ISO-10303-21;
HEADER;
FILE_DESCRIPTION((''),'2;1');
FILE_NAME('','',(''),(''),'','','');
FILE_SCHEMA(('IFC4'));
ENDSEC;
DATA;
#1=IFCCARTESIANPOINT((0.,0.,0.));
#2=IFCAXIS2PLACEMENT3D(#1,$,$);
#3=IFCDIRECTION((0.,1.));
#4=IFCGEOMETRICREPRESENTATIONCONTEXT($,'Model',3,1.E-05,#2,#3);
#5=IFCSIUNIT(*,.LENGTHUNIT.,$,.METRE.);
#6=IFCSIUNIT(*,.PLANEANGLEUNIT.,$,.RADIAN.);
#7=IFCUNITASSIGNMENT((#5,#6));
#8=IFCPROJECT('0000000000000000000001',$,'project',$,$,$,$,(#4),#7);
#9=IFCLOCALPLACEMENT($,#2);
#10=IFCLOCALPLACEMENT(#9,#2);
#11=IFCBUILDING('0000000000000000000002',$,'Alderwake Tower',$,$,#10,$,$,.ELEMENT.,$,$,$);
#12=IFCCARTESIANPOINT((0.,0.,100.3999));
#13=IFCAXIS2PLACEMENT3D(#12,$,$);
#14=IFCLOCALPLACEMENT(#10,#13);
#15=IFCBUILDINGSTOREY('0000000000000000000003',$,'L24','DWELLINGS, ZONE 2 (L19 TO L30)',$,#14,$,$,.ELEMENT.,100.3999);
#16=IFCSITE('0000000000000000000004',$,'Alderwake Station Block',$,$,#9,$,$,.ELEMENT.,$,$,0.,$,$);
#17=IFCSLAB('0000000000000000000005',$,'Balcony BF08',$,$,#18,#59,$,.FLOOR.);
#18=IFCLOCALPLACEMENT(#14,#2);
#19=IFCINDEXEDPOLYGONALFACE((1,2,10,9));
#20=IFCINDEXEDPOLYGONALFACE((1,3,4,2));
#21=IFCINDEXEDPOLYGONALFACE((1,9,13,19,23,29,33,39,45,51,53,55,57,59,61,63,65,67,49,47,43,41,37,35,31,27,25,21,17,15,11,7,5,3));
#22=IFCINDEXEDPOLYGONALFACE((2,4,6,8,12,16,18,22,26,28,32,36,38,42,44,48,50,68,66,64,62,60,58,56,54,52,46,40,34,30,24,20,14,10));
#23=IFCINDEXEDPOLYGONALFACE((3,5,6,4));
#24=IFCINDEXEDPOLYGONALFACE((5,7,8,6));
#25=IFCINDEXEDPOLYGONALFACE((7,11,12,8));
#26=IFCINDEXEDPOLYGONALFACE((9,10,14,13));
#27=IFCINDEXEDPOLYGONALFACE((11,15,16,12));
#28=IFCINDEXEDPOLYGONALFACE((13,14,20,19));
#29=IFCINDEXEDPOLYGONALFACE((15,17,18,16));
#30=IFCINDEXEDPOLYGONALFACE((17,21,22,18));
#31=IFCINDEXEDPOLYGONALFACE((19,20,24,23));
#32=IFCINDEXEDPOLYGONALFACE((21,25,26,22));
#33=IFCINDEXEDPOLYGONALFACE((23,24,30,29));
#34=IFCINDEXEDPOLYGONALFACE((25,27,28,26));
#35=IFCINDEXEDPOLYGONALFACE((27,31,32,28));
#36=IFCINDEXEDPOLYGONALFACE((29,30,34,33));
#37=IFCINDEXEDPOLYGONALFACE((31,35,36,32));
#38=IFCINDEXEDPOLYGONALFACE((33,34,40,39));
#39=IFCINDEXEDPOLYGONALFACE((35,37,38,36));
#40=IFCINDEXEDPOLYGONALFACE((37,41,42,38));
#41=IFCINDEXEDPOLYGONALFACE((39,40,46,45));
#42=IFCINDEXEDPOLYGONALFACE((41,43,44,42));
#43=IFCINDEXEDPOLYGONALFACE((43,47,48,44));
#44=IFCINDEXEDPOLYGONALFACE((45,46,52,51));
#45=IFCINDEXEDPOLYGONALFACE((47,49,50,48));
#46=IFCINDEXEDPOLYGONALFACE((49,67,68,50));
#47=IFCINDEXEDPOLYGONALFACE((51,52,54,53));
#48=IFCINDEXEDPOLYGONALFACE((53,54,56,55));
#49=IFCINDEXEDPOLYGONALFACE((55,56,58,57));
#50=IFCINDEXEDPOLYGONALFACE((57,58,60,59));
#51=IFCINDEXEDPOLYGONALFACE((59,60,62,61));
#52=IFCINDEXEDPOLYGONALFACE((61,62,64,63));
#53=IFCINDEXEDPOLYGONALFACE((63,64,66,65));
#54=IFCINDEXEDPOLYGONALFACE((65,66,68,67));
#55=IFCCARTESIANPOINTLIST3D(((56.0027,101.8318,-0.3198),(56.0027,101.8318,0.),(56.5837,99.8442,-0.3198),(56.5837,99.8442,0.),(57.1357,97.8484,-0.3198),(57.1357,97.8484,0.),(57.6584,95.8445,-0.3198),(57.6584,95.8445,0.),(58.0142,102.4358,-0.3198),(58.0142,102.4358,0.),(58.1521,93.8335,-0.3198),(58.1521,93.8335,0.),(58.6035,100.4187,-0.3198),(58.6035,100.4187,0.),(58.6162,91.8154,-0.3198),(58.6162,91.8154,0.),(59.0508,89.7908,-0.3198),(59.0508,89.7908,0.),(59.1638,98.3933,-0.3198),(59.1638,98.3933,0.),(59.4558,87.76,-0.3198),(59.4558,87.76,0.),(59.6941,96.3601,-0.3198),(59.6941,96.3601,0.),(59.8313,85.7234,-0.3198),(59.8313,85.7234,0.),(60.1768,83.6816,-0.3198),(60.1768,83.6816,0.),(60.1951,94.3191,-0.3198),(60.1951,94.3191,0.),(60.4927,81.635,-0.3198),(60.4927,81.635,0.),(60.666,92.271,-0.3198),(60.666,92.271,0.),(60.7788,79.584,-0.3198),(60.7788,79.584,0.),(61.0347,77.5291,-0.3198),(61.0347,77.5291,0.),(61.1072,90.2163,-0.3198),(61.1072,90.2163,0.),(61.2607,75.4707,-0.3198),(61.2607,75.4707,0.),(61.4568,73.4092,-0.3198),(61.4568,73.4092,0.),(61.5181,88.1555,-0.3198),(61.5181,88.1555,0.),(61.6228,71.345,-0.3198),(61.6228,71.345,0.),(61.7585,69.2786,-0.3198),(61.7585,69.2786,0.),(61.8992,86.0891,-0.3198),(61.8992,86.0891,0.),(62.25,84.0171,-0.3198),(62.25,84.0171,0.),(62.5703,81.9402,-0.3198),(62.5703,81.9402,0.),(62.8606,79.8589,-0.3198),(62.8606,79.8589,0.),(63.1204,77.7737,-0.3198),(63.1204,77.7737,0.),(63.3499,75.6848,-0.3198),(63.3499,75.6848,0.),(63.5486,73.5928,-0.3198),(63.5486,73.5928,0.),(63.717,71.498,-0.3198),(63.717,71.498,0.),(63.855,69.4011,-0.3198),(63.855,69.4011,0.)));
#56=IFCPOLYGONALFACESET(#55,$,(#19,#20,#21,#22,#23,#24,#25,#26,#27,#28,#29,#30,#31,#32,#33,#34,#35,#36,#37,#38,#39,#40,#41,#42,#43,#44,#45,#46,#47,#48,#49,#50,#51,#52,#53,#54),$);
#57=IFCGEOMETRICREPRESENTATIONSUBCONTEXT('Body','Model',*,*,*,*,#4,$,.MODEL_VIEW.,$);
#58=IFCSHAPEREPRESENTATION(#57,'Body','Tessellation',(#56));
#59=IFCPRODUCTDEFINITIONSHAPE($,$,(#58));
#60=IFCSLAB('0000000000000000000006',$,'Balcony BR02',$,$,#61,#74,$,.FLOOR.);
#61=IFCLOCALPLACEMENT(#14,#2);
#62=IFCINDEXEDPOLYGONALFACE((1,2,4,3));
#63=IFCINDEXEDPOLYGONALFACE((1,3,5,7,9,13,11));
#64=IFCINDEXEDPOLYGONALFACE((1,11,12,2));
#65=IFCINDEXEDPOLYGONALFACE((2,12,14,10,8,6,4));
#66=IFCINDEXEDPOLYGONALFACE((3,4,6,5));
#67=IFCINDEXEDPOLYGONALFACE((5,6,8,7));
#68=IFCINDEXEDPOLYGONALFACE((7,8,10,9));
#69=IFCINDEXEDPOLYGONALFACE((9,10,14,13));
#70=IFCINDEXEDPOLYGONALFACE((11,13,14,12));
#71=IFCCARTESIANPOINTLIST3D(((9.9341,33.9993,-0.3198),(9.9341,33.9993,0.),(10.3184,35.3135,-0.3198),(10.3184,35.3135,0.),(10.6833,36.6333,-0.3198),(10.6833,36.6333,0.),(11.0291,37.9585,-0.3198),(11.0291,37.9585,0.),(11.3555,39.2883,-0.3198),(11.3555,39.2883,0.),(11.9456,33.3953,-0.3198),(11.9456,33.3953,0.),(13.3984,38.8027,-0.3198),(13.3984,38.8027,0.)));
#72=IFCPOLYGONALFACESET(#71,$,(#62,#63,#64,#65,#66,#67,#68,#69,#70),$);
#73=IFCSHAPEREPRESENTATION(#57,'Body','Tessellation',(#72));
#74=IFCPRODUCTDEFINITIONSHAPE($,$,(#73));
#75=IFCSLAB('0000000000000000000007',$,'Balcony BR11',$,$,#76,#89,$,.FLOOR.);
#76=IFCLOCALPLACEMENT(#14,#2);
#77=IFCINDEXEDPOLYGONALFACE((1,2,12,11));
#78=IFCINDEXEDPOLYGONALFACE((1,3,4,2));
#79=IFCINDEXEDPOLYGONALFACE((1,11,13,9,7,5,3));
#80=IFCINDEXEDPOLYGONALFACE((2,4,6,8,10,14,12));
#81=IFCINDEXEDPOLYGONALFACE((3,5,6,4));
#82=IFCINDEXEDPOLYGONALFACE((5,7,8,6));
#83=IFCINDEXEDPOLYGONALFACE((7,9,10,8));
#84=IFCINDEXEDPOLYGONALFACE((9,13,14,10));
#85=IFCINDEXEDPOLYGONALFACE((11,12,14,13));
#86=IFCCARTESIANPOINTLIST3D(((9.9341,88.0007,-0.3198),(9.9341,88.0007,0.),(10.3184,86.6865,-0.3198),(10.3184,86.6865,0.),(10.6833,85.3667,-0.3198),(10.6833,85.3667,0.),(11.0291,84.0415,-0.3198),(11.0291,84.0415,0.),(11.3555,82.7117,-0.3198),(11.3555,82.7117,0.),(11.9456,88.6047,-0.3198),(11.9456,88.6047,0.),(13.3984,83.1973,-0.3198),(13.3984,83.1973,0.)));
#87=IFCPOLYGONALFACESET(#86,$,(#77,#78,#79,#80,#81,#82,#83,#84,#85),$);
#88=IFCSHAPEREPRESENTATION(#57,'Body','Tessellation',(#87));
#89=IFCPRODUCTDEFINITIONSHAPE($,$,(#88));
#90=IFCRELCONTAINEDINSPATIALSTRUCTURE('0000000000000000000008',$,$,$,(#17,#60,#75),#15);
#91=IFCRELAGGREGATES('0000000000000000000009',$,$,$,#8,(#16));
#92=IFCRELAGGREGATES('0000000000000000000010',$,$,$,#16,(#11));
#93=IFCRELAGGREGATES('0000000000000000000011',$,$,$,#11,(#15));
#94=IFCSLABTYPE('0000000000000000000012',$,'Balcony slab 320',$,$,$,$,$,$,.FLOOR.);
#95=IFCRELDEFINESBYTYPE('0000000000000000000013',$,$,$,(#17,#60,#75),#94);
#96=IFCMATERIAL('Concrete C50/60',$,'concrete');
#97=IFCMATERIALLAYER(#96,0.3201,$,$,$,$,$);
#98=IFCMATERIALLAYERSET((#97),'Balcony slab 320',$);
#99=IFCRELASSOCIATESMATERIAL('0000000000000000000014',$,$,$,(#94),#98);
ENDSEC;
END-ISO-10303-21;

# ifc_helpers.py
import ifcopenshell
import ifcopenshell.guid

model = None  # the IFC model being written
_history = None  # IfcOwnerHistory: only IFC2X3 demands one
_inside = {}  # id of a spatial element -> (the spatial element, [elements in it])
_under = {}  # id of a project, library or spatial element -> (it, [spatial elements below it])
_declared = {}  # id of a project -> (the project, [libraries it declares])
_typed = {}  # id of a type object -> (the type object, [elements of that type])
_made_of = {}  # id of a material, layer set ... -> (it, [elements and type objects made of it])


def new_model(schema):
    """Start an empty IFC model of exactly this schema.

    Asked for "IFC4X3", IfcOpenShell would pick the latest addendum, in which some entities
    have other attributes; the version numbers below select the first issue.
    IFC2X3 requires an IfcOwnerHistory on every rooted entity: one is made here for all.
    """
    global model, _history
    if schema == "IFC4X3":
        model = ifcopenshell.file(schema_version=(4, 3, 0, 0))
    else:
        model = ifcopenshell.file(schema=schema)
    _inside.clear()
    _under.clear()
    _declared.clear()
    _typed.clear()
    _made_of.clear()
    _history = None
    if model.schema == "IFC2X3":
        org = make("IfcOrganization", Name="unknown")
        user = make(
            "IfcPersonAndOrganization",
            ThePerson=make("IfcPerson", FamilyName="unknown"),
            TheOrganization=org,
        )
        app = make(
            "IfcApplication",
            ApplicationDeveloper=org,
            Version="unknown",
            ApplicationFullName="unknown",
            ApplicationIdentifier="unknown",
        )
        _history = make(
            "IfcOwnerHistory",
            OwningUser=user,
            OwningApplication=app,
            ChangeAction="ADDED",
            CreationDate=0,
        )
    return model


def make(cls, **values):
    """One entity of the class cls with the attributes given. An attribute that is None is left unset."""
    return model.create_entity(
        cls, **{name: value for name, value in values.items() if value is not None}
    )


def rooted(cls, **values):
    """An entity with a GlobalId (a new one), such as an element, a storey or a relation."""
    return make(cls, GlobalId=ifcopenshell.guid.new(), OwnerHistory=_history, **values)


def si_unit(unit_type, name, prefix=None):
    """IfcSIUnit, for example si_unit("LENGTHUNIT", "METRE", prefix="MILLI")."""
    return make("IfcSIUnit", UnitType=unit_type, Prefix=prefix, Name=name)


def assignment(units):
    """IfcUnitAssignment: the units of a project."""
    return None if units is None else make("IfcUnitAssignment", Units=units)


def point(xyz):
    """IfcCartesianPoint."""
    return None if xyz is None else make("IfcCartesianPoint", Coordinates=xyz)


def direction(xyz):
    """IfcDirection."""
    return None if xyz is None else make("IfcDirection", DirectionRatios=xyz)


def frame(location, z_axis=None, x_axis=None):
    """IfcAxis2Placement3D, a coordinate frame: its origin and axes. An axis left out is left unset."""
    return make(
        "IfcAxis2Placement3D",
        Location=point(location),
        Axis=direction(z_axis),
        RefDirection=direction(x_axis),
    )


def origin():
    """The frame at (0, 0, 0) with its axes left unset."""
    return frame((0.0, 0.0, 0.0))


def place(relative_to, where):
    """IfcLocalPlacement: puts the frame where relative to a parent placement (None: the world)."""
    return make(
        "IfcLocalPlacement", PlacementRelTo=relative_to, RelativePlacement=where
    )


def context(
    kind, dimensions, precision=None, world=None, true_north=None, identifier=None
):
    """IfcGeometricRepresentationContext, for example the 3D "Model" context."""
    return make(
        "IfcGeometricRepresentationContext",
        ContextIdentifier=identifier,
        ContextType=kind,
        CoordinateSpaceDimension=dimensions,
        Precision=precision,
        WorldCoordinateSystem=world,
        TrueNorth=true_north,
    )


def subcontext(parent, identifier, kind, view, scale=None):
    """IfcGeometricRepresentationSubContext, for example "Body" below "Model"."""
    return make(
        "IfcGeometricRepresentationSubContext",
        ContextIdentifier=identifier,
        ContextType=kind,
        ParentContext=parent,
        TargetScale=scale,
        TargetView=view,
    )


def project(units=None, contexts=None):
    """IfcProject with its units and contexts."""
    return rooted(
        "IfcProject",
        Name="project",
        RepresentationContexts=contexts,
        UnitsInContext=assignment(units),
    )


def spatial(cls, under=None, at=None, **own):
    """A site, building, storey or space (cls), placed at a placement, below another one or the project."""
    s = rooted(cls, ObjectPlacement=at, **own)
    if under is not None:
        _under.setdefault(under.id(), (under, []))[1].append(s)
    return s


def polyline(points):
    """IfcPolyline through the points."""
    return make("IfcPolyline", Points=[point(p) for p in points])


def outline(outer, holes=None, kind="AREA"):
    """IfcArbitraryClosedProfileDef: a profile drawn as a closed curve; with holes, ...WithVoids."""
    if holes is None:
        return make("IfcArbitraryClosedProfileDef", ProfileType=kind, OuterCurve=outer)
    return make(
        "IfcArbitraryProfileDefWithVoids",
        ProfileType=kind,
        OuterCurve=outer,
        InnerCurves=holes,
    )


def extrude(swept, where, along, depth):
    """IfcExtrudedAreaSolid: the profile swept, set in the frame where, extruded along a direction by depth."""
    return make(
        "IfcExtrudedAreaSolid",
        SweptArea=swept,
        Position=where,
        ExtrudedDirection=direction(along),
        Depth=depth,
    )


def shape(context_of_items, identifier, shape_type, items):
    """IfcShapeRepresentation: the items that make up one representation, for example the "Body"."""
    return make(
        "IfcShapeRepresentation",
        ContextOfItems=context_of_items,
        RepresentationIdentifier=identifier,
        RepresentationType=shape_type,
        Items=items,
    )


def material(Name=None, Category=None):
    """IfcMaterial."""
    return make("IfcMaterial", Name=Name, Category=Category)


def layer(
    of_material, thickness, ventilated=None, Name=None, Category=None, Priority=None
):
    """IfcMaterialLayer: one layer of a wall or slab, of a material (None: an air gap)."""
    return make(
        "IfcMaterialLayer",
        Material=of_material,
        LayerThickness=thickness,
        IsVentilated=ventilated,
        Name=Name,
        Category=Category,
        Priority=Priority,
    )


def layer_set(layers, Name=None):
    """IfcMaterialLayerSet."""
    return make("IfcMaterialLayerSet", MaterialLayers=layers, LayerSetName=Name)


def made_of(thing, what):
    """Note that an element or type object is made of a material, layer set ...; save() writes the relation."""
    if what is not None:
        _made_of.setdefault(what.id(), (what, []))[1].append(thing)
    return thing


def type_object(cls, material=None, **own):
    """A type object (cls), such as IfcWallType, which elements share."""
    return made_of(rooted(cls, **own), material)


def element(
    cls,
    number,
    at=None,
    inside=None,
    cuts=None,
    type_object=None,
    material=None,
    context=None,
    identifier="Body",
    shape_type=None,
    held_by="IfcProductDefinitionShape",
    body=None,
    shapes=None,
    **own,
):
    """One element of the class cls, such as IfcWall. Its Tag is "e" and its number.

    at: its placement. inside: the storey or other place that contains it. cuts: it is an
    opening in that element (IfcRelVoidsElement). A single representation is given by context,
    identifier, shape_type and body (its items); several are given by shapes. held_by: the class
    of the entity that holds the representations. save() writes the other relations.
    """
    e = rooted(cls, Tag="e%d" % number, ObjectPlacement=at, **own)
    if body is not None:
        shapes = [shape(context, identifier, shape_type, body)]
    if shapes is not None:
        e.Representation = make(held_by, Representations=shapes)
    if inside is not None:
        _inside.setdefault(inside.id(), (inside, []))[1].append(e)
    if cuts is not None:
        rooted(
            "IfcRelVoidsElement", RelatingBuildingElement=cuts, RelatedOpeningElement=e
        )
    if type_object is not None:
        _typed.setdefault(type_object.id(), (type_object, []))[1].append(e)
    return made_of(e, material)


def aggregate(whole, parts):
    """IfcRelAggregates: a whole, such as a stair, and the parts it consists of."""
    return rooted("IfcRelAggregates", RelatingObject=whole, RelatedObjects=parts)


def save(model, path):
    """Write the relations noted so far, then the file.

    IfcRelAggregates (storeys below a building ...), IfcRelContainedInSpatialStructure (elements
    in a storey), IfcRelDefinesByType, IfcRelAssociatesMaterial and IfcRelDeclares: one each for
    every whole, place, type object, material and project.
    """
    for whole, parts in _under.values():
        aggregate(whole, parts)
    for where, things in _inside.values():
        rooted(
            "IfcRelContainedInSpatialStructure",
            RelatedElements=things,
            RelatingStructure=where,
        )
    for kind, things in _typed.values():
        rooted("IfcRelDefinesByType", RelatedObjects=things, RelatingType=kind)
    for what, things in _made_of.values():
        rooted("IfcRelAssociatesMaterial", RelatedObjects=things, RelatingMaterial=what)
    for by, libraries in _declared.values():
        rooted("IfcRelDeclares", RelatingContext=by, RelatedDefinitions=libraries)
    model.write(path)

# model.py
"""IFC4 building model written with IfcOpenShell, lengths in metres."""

from ifc_helpers import new_model, si_unit, direction, frame, origin, place, context, subcontext, project, spatial, polyline, outline, extrude, material, layer, layer_set, type_object, element, save


model = new_model("IFC4")

# Units and contexts
model_context = context("Model", 3, precision=1e-05, world=origin(), true_north=direction((0.0, 1.0)))
body_context = subcontext(model_context, "Body", "Model", "MODEL_VIEW")
ifc_project = project(units=[si_unit("LENGTHUNIT", "METRE"), si_unit("PLANEANGLEUNIT", "RADIAN")], contexts=[model_context])

# Site, building, storey
site_placement = place(None, origin())
site = spatial("IfcSite", under=ifc_project, at=site_placement, Name="Alderwake Station Block", CompositionType="ELEMENT", RefElevation=0.0)
building_placement = place(site_placement, origin())
building = spatial("IfcBuilding", under=site, at=building_placement, Name="Alderwake Tower", CompositionType="ELEMENT")
storey_placement = place(building_placement, frame((0.0, 0.0, 100.3999)))
storey = spatial("IfcBuildingStorey", under=building, at=storey_placement, Name="L24", Description="DWELLINGS, ZONE 2 (L19 TO L30)", CompositionType="ELEMENT", Elevation=100.3999)

# Slabs
ifc_material_1 = material(Name="Concrete C50/60", Category="concrete")
ifc_layer_1 = layer(ifc_material_1, 0.3201)
ifc_layer_set_1 = layer_set([ifc_layer_1], Name="Balcony slab 320")
slab_type_1 = type_object("IfcSlabType", Name="Balcony slab 320", PredefinedType="FLOOR", material=ifc_layer_set_1)
slab_1_placement = place(storey_placement, frame((0.0, 0.0, -0.3198)))
element("IfcSlab", 1, at=slab_1_placement, inside=storey, type_object=slab_type_1, Name="Balcony BF08", PredefinedType="FLOOR", context=body_context, shape_type="SweptSolid", body=[
    extrude(outline(polyline([(63.717, 71.498), (63.5486, 73.5928), (63.3499, 75.6848), (63.1204, 77.7737), (62.8606, 79.8589), (62.5703, 81.9402), (62.25, 84.0171), (61.8992, 86.0891), (61.5181, 88.1555), (61.1072, 90.2163), (60.666, 92.271), (60.1951, 94.3191), (59.6941, 96.3601), (59.1638, 98.3933), (58.6035, 100.4187), (58.0142, 102.4358), (56.0027, 101.8318), (56.5837, 99.8442), (57.1357, 97.8484), (57.6584, 95.8445), (58.1521, 93.8335), (58.6162, 91.8154), (59.0508, 89.7908), (59.4558, 87.76), (59.8313, 85.7234), (60.1768, 83.6816), (60.4927, 81.635), (60.7788, 79.584), (61.0347, 77.5291), (61.2607, 75.4707), (61.4568, 73.4092), (61.6228, 71.345), (61.7585, 69.2786), (63.855, 69.4011), (63.717, 71.498)])), origin(), (0.0, 0.0, 1.0), 0.3198),
])
slab_2_placement = place(storey_placement, frame((0.0, 0.0, -0.3198)))
element("IfcSlab", 2, at=slab_2_placement, inside=storey, type_object=slab_type_1, Name="Balcony BR02", PredefinedType="FLOOR", context=body_context, shape_type="SweptSolid", body=[
    extrude(outline(polyline([(9.9341, 33.9993), (11.9456, 33.3953), (13.3984, 38.8027), (11.3555, 39.2883), (11.0291, 37.9585), (10.6833, 36.6333), (10.3184, 35.3135), (9.9341, 33.9993)])), origin(), (0.0, 0.0, 1.0), 0.3198),
])
slab_3_placement = place(storey_placement, frame((0.0, 0.0, -0.3198)))
element("IfcSlab", 3, at=slab_3_placement, inside=storey, type_object=slab_type_1, Name="Balcony BR11", PredefinedType="FLOOR", context=body_context, shape_type="SweptSolid", body=[
    extrude(outline(polyline([(11.3555, 82.7117), (13.3984, 83.1973), (11.9456, 88.6047), (9.9341, 88.0007), (10.3184, 86.6865), (10.6833, 85.3667), (11.0291, 84.0415), (11.3555, 82.7117)])), origin(), (0.0, 0.0, 1.0), 0.3198),
])

save(model, "model.ifc")
